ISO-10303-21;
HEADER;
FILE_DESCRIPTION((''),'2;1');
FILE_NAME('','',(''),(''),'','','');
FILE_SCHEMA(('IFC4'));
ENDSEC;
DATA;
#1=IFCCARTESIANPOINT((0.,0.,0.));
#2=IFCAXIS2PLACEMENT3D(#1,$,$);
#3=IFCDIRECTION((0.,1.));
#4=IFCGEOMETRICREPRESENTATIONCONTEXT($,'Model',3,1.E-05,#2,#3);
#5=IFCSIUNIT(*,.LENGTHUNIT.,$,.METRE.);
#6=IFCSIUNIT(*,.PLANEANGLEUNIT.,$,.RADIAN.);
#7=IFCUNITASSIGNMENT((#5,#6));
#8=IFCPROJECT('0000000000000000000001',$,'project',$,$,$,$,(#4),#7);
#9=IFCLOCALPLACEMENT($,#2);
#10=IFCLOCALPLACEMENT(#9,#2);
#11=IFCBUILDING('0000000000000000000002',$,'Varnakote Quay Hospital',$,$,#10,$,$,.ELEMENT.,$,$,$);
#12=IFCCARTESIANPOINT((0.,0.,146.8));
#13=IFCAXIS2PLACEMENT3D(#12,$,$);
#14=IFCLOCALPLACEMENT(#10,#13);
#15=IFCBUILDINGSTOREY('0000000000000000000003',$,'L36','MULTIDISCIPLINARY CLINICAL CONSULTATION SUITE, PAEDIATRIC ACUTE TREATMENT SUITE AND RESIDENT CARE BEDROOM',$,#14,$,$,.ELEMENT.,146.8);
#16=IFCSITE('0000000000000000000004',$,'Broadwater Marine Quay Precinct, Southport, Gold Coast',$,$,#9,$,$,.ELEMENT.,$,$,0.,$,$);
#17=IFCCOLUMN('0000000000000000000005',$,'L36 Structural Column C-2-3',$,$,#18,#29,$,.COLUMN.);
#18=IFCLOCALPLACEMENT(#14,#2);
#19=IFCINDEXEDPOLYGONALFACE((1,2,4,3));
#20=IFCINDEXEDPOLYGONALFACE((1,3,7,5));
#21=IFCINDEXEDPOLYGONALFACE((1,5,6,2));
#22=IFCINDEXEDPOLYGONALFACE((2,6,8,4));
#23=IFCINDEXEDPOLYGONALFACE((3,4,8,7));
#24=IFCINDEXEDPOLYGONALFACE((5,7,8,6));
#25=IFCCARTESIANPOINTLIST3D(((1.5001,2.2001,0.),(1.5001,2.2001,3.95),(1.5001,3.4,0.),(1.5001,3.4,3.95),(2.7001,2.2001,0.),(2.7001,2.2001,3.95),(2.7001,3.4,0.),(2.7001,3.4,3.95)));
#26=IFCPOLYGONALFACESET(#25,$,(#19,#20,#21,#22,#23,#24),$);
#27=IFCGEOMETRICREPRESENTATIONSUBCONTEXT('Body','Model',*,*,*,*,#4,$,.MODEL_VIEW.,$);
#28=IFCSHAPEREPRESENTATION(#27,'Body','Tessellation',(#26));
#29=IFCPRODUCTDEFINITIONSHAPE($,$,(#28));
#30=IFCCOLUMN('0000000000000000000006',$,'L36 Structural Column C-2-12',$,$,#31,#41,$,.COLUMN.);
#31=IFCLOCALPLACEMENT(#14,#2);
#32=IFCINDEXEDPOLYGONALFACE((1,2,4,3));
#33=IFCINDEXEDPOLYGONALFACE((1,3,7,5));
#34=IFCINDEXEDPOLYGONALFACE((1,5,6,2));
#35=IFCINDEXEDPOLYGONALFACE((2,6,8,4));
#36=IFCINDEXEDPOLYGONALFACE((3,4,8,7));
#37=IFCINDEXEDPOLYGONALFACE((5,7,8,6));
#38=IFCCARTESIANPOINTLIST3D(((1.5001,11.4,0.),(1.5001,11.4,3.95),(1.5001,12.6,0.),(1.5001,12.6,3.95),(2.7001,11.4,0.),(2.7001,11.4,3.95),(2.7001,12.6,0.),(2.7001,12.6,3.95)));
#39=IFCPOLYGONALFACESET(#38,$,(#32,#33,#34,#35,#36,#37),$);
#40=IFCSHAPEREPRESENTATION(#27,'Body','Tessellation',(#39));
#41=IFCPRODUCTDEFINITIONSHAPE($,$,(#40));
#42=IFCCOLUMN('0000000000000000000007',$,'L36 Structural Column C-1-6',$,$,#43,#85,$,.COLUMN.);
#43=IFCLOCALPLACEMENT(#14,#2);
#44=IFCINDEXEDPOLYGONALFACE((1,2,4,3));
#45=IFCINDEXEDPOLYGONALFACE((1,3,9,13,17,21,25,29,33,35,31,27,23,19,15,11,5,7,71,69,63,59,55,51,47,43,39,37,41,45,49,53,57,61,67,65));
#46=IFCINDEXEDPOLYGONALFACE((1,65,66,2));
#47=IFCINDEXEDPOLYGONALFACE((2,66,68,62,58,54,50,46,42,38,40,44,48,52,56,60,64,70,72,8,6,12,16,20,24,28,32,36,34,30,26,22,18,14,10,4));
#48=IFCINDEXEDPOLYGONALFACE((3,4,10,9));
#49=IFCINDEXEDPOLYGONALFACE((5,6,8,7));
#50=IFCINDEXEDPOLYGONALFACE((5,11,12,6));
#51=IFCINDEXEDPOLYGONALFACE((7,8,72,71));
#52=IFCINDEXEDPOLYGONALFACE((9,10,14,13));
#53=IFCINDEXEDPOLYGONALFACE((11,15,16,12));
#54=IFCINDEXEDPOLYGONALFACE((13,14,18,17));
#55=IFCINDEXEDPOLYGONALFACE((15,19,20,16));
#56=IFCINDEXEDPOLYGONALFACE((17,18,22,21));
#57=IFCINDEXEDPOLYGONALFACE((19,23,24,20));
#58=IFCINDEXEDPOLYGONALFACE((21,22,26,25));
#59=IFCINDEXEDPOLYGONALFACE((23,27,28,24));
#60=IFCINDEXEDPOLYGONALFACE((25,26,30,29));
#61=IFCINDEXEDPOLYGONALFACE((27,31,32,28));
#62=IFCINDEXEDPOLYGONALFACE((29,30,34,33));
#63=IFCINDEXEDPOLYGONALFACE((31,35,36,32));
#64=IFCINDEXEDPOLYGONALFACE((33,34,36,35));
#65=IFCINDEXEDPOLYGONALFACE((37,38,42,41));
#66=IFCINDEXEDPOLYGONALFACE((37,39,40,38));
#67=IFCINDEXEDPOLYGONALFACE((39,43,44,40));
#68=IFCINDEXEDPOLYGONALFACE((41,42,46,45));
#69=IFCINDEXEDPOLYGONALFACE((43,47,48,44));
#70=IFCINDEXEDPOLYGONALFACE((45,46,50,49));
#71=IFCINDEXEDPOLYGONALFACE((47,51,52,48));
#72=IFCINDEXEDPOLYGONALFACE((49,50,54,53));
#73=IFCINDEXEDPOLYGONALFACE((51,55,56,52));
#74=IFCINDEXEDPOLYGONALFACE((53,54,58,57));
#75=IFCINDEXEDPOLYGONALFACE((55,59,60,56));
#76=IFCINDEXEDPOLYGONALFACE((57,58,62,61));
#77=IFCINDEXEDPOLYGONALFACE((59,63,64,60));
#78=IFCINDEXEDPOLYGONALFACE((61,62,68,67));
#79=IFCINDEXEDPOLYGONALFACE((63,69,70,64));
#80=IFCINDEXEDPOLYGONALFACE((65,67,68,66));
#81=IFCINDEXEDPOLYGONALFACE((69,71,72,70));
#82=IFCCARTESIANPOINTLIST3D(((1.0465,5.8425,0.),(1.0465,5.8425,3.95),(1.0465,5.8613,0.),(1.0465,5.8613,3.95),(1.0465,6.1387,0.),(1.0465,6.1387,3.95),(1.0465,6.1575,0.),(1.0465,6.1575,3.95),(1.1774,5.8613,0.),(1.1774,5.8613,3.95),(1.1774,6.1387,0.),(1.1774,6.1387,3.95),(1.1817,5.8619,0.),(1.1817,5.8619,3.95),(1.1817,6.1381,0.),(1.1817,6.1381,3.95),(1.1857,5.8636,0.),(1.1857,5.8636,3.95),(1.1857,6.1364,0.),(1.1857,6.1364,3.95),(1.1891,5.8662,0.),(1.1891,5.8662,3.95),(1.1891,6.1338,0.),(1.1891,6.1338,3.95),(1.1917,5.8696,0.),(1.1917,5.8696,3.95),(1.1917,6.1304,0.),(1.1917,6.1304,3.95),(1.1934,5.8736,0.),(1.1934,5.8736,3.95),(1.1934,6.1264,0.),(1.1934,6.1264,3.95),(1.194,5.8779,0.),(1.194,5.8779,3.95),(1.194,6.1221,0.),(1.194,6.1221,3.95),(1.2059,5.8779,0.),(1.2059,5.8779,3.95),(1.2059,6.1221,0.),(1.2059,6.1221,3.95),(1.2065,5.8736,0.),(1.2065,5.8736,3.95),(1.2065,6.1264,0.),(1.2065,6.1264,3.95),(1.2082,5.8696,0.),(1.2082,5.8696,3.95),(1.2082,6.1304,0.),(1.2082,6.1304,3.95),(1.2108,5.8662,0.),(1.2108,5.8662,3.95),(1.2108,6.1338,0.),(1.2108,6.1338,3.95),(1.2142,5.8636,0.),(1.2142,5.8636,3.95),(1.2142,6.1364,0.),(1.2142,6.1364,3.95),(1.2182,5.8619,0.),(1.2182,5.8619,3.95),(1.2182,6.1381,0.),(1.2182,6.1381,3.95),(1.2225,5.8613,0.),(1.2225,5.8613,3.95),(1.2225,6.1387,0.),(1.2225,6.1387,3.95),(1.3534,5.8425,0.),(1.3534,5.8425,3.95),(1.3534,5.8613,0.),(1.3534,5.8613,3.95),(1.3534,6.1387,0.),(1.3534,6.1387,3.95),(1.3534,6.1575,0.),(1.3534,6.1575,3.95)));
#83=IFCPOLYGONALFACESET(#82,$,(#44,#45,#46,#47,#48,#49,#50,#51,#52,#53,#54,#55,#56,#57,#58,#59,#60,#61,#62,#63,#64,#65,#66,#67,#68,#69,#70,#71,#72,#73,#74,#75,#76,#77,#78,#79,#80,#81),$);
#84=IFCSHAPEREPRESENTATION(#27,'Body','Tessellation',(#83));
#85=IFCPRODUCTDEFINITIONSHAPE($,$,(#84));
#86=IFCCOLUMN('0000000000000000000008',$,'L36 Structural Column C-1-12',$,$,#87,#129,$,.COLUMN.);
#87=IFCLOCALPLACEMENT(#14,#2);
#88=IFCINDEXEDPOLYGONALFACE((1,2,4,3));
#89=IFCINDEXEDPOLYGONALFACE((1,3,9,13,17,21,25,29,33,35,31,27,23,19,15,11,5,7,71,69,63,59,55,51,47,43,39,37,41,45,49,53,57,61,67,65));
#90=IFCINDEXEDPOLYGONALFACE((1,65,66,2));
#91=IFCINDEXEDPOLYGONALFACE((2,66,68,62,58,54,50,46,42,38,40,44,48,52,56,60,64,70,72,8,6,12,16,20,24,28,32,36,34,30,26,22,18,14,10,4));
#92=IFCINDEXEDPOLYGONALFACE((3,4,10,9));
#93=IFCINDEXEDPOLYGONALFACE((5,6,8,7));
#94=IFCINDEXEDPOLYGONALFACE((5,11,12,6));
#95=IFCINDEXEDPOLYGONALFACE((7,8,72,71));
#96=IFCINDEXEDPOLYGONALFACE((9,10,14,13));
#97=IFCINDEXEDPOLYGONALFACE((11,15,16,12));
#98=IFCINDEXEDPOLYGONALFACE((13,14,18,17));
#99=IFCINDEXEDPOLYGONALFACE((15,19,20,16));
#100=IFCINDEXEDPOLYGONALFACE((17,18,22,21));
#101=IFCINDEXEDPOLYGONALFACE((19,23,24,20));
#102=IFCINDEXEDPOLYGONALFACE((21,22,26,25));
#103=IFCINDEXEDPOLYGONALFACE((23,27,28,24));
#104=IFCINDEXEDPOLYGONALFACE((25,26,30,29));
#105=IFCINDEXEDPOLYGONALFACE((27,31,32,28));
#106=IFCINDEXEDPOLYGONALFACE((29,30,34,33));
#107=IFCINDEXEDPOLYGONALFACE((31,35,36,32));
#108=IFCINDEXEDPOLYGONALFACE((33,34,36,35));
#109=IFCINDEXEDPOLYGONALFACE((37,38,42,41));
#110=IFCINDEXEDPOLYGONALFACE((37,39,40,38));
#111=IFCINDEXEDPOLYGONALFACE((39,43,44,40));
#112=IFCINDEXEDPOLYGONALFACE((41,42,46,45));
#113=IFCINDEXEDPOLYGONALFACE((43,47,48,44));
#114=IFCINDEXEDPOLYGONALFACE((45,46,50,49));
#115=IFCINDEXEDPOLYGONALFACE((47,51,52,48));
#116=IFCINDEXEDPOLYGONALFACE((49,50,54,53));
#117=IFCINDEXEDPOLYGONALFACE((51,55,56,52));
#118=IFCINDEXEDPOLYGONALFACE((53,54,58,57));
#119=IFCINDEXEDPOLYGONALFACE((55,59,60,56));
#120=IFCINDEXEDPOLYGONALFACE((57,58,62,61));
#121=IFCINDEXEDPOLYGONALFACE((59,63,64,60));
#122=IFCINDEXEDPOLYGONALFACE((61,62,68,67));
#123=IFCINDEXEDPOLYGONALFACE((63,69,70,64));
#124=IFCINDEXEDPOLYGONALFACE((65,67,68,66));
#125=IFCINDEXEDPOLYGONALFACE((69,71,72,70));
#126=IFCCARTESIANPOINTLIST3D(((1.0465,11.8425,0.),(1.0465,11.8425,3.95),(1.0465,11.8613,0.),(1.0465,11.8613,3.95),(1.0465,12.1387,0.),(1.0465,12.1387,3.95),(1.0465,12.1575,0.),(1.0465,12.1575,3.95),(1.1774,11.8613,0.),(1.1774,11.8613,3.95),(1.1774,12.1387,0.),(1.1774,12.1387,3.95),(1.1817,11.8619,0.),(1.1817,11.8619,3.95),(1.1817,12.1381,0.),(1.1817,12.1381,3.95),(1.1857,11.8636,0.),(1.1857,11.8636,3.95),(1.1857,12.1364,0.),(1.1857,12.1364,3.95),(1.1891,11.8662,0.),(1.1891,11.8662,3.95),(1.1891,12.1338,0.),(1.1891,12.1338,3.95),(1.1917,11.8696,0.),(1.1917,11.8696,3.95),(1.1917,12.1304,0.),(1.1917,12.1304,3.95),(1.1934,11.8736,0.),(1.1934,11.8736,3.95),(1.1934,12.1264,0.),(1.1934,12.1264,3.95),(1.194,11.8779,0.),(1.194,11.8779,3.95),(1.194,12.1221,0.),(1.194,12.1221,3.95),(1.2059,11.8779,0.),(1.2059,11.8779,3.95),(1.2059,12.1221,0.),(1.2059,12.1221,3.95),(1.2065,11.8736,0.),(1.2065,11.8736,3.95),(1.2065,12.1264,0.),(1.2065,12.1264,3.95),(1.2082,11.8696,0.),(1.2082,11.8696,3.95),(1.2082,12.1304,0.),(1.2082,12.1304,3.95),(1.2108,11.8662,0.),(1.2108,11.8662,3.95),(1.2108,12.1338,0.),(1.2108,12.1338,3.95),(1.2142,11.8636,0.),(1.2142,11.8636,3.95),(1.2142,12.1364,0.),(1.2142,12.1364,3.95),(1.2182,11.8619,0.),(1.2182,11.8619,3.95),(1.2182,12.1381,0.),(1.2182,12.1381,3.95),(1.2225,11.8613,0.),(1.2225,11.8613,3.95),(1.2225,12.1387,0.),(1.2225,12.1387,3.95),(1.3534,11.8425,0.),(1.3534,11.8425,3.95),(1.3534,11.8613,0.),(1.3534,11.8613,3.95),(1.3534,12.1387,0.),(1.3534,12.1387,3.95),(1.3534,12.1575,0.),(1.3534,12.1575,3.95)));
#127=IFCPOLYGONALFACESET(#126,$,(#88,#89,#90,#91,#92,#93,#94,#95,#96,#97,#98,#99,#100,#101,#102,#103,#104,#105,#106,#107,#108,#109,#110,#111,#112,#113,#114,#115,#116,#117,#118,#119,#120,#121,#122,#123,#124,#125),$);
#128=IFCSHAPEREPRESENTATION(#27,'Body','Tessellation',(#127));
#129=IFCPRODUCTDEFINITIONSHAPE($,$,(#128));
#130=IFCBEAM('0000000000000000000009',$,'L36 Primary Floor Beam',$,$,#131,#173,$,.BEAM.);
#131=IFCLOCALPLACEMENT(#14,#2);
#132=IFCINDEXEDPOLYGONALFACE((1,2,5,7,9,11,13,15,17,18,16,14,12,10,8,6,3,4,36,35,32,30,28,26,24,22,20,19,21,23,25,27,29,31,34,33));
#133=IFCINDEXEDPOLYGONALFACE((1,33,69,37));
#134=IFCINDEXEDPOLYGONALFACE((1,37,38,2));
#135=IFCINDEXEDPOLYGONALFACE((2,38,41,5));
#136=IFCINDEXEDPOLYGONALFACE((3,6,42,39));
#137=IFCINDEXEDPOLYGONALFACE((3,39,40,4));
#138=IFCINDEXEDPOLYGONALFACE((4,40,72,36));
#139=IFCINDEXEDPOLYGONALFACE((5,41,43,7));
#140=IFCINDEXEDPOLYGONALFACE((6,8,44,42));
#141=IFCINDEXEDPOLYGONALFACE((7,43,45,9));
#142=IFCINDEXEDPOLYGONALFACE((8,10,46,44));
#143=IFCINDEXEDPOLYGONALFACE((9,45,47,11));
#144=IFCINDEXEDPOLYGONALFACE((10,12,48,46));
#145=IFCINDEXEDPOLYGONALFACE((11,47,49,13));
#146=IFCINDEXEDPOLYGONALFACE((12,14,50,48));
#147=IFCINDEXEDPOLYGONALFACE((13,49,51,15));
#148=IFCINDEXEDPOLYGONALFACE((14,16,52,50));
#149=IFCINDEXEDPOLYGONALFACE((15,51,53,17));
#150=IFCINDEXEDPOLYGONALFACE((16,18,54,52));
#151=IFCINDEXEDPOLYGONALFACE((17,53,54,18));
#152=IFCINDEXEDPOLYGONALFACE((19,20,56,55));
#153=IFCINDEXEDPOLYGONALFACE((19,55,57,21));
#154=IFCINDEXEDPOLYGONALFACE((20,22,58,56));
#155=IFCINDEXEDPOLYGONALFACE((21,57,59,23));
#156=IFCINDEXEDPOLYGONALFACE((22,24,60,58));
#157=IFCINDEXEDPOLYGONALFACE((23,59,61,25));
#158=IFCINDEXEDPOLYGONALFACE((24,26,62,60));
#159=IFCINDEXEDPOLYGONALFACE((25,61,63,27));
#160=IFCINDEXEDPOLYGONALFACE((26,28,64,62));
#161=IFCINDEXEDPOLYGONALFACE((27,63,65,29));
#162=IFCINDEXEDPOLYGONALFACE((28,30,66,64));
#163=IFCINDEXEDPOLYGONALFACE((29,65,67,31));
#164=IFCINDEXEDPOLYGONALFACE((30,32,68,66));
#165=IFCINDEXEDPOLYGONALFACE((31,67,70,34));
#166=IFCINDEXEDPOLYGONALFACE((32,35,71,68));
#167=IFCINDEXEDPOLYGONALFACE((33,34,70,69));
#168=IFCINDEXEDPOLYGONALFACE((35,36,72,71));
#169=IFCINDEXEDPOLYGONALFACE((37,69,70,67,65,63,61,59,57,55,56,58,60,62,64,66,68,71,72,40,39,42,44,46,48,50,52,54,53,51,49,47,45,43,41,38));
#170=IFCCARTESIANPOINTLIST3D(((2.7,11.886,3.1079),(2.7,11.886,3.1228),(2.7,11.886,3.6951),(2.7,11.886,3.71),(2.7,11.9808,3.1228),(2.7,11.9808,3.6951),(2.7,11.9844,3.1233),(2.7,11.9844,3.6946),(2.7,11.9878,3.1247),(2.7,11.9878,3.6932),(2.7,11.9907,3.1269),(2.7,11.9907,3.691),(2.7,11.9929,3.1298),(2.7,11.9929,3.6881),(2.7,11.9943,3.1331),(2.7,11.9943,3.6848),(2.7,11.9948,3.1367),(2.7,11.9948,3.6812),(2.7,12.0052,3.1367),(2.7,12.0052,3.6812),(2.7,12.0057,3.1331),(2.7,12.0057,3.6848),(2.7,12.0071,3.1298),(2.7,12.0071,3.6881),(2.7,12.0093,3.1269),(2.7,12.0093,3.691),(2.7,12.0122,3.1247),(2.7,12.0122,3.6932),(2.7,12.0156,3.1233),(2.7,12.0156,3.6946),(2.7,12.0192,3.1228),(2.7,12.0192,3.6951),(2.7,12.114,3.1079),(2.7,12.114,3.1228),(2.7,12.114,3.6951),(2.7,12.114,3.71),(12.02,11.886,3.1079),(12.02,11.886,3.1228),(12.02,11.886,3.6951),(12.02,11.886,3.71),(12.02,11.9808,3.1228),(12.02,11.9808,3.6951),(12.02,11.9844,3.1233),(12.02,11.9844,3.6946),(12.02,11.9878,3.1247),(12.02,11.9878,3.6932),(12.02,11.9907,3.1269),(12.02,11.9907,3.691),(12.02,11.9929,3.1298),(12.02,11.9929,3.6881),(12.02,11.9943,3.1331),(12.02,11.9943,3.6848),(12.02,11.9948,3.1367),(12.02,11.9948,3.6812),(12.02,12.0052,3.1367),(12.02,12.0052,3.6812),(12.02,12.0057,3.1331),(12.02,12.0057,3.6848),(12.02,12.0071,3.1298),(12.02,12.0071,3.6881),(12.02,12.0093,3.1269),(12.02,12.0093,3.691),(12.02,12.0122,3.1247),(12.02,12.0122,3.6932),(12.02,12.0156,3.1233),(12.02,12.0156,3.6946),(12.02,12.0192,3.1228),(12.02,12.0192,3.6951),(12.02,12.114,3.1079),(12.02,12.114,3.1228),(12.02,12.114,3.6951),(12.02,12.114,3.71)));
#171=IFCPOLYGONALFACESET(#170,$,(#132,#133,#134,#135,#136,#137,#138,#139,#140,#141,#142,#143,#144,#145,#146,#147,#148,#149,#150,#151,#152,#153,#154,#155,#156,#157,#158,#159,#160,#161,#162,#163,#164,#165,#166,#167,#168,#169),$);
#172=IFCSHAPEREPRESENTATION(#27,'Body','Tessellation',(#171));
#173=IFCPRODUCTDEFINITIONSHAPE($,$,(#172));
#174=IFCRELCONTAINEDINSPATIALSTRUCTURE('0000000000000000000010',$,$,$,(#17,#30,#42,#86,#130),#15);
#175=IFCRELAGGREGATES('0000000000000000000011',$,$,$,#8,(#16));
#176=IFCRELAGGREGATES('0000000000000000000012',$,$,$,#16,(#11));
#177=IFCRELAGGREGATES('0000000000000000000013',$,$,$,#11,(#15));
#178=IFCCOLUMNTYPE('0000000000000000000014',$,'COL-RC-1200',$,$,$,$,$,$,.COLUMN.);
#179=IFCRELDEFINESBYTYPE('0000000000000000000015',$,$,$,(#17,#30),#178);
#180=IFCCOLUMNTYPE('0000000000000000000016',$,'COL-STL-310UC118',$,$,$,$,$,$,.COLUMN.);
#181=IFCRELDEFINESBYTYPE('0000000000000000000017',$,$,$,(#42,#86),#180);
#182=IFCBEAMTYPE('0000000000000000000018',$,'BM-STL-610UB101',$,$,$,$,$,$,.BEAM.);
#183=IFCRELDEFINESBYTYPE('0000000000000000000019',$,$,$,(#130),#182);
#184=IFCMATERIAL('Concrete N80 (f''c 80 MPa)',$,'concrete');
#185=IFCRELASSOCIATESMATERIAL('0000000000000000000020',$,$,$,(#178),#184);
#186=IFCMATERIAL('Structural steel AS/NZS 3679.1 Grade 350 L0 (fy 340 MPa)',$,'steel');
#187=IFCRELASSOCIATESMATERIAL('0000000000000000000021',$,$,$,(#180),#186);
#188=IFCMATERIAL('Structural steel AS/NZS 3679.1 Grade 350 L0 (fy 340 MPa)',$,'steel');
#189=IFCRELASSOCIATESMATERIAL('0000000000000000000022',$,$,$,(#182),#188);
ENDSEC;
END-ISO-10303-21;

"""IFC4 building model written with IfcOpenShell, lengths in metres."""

from ifc_helpers import new_model, si_unit, direction, frame, origin, origin_2d, place, context, subcontext, project, spatial, rectangle, i_section, extrude, material, material_profile, profile_set, type_object, element, save


model = new_model("IFC4")

# Units and contexts
model_context = context("Model", 3, precision=1e-05, world=origin(), true_north=direction((0.0, 1.0)))
body_context = subcontext(model_context, "Body", "Model", "MODEL_VIEW")
ifc_project = project(units=[si_unit("LENGTHUNIT", "METRE"), si_unit("PLANEANGLEUNIT", "RADIAN")], contexts=[model_context])

# Site, building, storey
site_placement = place(None, origin())
site = spatial("IfcSite", under=ifc_project, at=site_placement, Name="Broadwater Marine Quay Precinct, Southport, Gold Coast", CompositionType="ELEMENT", RefElevation=0.0)
building_placement = place(site_placement, origin())
building = spatial("IfcBuilding", under=site, at=building_placement, Name="Varnakote Quay Hospital", CompositionType="ELEMENT")
storey_placement = place(building_placement, frame((0.0, 0.0, 146.8)))
storey = spatial("IfcBuildingStorey", under=building, at=storey_placement, Name="L36", Description="MULTIDISCIPLINARY CLINICAL CONSULTATION SUITE, PAEDIATRIC ACUTE TREATMENT SUITE AND RESIDENT CARE BEDROOM", CompositionType="ELEMENT", Elevation=146.8)

# Columns
ifc_material_1 = material(Name="Concrete N80 (f'c 80 MPa)", Category="concrete")
ifc_material_profile_1 = material_profile(ifc_material_1, rectangle(XDim=1.2, YDim=1.2, at=origin_2d()), Name="RC-COL-1200x1200")
ifc_profile_set_1 = profile_set([ifc_material_profile_1], Name="Concrete N80 (f'c 80 MPa)")
column_type_1 = type_object("IfcColumnType", Name="COL-RC-1200", PredefinedType="COLUMN", material=ifc_profile_set_1)
for number, where, z_axis, x_axis, name in (
    (1, (2.1001, 2.8, 0.0), (0.0, 0.0, 1.0), (1.0, 0.0, 0.0), "L36 Structural Column C-2-3"),
    (2, (2.1001, 12.0, 0.0), (0.0, 0.0, 1.0), (1.0, 0.0, 0.0), "L36 Structural Column C-2-12"),
):
    element("IfcColumn", number, at=place(storey_placement, frame(where, z_axis=z_axis, x_axis=x_axis)), inside=storey, type_object=column_type_1, Name=name, PredefinedType="COLUMN", context=body_context, shape_type="SweptSolid", body=[
        extrude(rectangle(XDim=1.2, YDim=1.2, at=origin_2d()), origin(), (0.0, 0.0, 1.0), 3.95),
    ])
ifc_material_2 = material(Name="Structural steel AS/NZS 3679.1 Grade 350 L0 (fy 340 MPa)", Category="steel")
ifc_material_profile_2 = material_profile(ifc_material_2, i_section(OverallWidth=0.3069, OverallDepth=0.3149, WebThickness=0.012, FlangeThickness=0.0188, FilletRadius=0.0166, at=origin_2d()), Name="310UC118")
ifc_profile_set_2 = profile_set([ifc_material_profile_2], Name="Structural steel AS/NZS 3679.1 Grade 350 L0 (fy 340 MPa)")
column_type_2 = type_object("IfcColumnType", Name="COL-STL-310UC118", PredefinedType="COLUMN", material=ifc_profile_set_2)
for number, where, z_axis, x_axis, name in (
    (3, (1.2, 6.0, 0.0), (0.0, 0.0, 1.0), (1.0, 0.0, 0.0), "L36 Structural Column C-1-6"),
    (4, (1.2, 12.0, 0.0), (0.0, 0.0, 1.0), (1.0, 0.0, 0.0), "L36 Structural Column C-1-12"),
):
    element("IfcColumn", number, at=place(storey_placement, frame(where, z_axis=z_axis, x_axis=x_axis)), inside=storey, type_object=column_type_2, Name=name, PredefinedType="COLUMN", context=body_context, shape_type="SweptSolid", body=[
        extrude(i_section(OverallWidth=0.3069, OverallDepth=0.3149, WebThickness=0.012, FlangeThickness=0.0188, FilletRadius=0.0166, at=origin_2d()), origin(), (0.0, 0.0, 1.0), 3.95),
    ])

# Beam
ifc_material_3 = material(Name="Structural steel AS/NZS 3679.1 Grade 350 L0 (fy 340 MPa)", Category="steel")
ifc_material_profile_3 = material_profile(ifc_material_3, i_section(OverallWidth=0.228, OverallDepth=0.6021, WebThickness=0.0105, FlangeThickness=0.0149, FilletRadius=0.0139, at=origin_2d()), Name="610UB101")
ifc_profile_set_3 = profile_set([ifc_material_profile_3], Name="Structural steel AS/NZS 3679.1 Grade 350 L0 (fy 340 MPa)")
beam_type_1 = type_object("IfcBeamType", Name="BM-STL-610UB101", PredefinedType="BEAM", material=ifc_profile_set_3)
beam_1_placement = place(storey_placement, frame((2.7, 12.0, 3.4089), z_axis=(1.0, 0.0, 0.0), x_axis=(0.0, 1.0, 0.0)))
element("IfcBeam", 5, at=beam_1_placement, inside=storey, type_object=beam_type_1, Name="L36 Primary Floor Beam", PredefinedType="BEAM", context=body_context, shape_type="SweptSolid", body=[
    extrude(i_section(OverallWidth=0.228, OverallDepth=0.6021, WebThickness=0.0105, FlangeThickness=0.0149, FilletRadius=0.0139, at=origin_2d()), origin(), (0.0, 0.0, 1.0), 9.3201),
])

save(model, "model.ifc")
